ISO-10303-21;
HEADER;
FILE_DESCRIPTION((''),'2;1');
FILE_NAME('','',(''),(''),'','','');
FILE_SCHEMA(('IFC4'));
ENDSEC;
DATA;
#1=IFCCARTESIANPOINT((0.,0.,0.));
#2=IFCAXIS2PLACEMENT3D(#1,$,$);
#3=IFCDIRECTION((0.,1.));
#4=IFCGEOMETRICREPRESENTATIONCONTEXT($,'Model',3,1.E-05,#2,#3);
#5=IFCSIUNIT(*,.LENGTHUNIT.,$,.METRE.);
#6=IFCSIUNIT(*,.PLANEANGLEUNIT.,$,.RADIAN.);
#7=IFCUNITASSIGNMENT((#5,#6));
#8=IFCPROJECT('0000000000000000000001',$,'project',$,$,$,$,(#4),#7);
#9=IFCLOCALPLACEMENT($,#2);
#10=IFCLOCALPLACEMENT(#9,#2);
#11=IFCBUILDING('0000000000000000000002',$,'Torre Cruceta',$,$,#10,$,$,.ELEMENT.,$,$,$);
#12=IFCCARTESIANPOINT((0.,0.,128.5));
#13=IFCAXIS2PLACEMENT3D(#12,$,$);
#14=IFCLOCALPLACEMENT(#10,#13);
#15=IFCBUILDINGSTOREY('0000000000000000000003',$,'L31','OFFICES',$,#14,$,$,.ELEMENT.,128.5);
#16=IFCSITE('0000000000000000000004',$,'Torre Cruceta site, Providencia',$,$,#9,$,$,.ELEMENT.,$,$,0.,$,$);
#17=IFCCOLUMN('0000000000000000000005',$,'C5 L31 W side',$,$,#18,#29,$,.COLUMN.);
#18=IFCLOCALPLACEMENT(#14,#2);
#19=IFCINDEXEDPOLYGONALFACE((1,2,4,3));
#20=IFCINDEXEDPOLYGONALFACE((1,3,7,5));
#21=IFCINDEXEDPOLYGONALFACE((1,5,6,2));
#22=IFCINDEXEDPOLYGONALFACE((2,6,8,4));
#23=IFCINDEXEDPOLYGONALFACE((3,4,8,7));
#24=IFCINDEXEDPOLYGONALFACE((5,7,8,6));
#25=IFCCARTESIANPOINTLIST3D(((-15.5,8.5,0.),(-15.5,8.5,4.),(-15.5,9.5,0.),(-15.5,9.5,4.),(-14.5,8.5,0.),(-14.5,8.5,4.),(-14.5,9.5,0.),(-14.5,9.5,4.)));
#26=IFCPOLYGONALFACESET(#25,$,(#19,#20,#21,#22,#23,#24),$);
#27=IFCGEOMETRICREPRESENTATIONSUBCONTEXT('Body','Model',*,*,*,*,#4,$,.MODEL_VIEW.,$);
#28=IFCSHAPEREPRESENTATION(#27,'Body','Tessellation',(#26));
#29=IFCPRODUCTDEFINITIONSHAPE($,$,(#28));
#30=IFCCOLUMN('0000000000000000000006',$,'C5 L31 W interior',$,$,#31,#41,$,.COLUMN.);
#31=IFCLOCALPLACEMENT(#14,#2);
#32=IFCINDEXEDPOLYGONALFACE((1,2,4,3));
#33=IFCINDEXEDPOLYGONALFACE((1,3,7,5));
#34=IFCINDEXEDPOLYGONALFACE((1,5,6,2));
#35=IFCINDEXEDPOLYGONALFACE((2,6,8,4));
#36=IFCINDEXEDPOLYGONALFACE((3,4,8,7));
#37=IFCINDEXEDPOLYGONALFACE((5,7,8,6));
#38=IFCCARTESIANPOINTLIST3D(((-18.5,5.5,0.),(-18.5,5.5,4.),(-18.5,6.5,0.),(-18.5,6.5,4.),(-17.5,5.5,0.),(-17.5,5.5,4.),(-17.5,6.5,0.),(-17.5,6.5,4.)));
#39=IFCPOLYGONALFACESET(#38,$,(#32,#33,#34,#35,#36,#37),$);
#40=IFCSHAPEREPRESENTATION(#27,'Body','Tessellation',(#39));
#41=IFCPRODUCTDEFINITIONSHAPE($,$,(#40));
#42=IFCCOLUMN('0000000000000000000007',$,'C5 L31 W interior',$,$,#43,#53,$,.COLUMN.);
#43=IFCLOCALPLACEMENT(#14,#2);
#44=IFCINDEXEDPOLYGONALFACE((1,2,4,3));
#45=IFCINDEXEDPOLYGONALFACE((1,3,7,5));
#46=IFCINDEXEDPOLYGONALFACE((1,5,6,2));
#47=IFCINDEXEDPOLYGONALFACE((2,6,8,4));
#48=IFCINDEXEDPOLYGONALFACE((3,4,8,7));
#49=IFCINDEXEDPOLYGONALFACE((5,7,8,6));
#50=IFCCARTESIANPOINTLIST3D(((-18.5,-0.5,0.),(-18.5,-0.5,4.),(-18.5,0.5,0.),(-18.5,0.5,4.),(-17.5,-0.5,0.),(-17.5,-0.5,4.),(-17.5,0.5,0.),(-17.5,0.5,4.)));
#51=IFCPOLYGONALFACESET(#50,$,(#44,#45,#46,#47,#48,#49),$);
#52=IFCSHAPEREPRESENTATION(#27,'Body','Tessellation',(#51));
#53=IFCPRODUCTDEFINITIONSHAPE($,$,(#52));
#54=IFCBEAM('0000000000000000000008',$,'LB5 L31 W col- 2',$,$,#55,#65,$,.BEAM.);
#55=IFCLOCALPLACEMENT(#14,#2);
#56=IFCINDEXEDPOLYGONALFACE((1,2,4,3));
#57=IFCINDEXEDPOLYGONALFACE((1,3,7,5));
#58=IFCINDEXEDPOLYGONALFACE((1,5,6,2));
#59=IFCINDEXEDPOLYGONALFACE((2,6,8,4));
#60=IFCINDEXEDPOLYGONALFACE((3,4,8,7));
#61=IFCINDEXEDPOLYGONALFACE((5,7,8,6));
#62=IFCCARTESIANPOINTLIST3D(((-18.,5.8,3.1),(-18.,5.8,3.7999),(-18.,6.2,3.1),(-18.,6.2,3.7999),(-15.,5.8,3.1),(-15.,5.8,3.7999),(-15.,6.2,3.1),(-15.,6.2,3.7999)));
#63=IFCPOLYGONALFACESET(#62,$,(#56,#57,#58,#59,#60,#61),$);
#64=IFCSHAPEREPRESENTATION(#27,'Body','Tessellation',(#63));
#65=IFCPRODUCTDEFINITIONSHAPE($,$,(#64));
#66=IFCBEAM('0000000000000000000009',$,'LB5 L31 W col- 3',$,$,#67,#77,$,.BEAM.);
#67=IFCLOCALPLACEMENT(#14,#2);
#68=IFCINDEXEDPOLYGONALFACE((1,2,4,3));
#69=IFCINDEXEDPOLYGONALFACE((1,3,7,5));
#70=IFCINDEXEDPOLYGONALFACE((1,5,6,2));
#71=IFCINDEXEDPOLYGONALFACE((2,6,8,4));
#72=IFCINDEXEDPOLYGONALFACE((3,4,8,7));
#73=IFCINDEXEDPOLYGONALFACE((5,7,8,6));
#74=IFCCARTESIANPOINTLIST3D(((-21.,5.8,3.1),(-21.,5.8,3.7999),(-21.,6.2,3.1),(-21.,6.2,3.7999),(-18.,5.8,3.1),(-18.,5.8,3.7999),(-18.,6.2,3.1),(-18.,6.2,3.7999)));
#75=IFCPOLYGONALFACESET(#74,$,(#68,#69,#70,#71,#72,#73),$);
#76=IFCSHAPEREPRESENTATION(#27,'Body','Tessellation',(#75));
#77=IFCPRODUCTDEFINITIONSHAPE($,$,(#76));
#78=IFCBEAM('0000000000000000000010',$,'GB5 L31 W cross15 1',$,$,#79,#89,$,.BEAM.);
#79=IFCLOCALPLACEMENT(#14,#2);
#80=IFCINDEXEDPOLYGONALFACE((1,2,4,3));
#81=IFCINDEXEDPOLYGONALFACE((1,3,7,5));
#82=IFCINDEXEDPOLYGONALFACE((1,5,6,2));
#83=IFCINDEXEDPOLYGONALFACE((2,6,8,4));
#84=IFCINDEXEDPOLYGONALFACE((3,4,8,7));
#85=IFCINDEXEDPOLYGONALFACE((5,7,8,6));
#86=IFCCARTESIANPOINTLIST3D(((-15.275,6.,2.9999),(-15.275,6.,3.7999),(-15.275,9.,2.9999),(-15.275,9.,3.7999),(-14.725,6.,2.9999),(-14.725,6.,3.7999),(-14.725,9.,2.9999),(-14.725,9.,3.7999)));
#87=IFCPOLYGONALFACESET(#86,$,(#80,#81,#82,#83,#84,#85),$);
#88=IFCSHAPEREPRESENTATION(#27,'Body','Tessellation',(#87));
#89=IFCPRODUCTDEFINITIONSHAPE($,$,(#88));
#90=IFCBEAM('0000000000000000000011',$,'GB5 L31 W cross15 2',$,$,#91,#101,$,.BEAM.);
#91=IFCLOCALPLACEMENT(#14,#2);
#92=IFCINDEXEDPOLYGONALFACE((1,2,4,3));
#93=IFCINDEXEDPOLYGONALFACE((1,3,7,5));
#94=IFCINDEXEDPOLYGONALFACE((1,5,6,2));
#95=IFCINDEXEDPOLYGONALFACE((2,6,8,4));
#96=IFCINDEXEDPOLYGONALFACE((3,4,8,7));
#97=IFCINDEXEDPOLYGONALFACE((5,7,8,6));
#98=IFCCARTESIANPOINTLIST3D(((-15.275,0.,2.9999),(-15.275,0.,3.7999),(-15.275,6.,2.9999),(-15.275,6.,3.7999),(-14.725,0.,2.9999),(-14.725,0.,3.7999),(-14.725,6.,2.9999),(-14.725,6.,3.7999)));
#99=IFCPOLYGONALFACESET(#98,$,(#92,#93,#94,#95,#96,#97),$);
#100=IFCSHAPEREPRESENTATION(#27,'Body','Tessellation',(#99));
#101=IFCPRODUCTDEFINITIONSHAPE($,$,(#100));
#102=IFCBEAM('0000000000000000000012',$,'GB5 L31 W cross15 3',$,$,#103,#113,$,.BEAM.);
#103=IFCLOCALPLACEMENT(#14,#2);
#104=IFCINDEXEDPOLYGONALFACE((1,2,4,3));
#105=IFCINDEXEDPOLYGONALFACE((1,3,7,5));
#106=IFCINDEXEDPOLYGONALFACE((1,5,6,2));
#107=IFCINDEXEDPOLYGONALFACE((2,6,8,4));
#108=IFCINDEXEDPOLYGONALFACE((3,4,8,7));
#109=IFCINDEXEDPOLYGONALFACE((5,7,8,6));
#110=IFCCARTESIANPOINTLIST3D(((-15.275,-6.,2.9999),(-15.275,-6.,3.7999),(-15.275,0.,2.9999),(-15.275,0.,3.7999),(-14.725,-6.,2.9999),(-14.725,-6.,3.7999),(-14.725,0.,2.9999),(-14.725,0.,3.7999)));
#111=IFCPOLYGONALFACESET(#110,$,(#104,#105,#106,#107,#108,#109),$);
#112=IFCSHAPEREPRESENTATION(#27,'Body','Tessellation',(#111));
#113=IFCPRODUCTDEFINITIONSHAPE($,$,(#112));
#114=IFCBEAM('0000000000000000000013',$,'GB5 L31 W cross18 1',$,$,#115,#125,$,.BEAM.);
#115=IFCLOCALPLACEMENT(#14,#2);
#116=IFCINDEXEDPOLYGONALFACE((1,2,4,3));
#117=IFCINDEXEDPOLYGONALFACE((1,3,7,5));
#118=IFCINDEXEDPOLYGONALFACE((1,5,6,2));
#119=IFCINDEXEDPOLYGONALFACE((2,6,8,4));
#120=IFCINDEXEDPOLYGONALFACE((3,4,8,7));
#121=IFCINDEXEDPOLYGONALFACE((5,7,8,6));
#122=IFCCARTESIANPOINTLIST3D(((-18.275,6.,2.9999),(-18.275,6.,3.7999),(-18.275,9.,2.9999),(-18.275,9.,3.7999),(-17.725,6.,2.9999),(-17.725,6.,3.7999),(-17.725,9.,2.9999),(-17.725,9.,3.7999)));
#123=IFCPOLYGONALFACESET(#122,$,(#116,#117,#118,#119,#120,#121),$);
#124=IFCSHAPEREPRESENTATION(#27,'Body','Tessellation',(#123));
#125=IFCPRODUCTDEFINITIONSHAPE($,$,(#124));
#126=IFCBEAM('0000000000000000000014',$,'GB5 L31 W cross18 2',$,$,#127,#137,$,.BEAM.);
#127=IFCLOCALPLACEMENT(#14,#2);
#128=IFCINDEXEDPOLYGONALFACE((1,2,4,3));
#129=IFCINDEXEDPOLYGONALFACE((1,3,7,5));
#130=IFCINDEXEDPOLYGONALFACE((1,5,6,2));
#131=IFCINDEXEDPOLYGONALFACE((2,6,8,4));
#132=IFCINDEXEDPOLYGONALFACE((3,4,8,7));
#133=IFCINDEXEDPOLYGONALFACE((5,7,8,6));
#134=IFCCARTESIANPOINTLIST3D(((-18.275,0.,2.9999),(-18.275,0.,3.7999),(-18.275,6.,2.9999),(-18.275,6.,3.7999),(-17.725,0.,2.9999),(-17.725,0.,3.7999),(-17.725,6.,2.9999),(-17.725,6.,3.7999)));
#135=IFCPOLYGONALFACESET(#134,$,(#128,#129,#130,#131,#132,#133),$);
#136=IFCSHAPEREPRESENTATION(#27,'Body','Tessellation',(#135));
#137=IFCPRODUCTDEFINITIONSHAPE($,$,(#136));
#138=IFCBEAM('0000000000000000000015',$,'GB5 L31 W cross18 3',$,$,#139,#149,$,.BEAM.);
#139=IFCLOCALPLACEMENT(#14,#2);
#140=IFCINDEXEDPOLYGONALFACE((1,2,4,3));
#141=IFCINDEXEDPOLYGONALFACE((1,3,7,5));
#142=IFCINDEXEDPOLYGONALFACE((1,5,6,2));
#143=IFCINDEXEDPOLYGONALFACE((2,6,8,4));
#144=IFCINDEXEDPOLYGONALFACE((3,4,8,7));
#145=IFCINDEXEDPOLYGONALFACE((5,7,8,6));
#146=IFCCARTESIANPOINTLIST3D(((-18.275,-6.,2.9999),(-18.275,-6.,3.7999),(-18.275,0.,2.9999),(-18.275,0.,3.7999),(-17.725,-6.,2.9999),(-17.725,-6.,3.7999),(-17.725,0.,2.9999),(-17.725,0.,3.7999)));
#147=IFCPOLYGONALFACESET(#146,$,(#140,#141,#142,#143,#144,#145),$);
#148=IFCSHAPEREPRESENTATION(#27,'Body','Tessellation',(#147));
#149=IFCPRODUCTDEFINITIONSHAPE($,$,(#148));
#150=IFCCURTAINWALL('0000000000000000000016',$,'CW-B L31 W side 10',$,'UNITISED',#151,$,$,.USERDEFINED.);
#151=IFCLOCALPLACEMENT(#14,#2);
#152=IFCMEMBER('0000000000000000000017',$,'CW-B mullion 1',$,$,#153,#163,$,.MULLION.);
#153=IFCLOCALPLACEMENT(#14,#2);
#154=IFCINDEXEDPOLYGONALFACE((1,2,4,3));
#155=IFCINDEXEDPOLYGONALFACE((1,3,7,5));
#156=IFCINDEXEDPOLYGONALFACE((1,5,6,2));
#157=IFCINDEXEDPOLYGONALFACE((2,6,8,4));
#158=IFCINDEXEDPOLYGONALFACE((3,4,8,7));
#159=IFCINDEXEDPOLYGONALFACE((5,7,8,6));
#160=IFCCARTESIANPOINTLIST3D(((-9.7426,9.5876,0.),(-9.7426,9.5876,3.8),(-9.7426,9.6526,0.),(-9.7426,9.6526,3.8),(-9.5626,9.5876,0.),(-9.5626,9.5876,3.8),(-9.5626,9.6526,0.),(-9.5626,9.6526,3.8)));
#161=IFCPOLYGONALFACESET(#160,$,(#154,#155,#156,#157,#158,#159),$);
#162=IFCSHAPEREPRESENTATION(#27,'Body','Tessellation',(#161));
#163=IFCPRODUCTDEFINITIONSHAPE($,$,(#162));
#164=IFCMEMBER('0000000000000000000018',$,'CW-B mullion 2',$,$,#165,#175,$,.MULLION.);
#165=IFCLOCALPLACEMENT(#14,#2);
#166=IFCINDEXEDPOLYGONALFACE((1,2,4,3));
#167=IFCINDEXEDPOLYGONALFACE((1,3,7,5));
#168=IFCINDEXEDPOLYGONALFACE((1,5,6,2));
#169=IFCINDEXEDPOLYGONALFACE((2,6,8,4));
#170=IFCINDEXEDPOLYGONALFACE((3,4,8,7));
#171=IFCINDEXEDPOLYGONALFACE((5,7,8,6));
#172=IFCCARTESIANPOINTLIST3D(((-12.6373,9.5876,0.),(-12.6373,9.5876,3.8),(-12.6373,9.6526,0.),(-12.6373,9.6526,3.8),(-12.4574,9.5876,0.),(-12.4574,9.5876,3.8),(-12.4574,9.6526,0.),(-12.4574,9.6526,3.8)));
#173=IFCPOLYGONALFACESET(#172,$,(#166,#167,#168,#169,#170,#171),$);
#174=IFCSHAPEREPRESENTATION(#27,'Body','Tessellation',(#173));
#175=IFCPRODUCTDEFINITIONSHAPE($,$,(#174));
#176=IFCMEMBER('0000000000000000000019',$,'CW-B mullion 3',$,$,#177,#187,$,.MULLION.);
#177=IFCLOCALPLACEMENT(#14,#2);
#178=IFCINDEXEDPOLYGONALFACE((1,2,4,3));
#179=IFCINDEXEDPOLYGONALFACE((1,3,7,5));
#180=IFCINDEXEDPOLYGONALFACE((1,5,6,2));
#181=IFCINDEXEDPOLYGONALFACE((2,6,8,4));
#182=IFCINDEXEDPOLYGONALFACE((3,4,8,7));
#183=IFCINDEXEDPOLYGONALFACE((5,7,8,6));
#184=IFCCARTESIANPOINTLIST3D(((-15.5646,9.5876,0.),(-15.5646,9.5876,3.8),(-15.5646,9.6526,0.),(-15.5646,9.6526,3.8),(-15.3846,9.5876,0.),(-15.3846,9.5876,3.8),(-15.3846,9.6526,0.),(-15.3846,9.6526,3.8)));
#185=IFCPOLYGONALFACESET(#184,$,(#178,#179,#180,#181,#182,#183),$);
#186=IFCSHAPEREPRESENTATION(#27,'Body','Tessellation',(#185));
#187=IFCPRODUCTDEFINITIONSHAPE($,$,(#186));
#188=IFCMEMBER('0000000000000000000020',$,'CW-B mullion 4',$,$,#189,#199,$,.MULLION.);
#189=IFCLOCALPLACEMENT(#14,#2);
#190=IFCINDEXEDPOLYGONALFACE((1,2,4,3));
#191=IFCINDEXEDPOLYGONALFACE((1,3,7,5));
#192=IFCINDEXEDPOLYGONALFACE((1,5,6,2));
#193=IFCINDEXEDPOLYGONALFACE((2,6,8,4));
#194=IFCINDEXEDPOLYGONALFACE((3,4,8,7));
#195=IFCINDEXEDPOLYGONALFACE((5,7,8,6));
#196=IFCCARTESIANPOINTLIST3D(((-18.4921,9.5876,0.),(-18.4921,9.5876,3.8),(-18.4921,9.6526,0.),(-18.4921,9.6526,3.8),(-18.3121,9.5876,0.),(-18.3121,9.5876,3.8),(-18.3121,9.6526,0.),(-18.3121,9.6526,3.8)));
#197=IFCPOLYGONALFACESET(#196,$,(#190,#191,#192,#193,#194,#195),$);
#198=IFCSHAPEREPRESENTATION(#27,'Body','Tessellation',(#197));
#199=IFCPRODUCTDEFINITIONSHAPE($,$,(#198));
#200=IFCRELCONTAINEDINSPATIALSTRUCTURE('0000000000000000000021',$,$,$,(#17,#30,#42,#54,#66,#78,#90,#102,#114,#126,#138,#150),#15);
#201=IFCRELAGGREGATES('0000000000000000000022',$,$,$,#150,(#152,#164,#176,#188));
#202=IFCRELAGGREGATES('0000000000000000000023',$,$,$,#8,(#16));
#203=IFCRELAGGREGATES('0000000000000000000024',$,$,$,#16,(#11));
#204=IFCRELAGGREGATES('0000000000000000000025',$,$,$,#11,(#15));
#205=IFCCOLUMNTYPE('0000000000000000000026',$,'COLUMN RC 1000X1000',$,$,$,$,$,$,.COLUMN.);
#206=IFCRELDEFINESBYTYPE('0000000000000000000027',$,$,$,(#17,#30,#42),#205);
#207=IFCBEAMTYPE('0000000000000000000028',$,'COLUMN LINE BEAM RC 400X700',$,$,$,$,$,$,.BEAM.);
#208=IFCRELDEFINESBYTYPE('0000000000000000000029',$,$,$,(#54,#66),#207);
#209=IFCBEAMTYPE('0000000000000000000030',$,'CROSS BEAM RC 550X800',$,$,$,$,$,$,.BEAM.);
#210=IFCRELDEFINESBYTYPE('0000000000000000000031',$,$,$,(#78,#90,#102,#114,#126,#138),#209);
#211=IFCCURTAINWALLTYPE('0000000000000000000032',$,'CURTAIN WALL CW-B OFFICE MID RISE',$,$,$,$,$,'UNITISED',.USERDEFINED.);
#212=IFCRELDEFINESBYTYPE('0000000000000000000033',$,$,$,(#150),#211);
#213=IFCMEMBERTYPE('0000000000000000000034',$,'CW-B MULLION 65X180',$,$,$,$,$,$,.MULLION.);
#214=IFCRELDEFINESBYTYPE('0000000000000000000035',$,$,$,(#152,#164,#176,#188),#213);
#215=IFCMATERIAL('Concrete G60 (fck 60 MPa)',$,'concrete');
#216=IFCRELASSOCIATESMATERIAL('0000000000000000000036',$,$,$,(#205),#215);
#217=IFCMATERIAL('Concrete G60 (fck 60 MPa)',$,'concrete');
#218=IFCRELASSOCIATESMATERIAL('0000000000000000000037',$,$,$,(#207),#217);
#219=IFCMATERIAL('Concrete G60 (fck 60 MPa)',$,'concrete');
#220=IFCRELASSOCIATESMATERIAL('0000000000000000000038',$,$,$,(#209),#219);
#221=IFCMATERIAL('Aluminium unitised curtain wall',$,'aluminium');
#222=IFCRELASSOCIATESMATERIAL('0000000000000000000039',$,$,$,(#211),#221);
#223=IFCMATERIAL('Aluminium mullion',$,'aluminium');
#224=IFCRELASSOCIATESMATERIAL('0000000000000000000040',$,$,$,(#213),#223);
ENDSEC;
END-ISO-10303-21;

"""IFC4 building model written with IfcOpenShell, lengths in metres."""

from ifc_helpers import new_model, si_unit, direction, frame, origin, origin_2d, place, context, subcontext, project, spatial, rectangle, extrude, material, material_profile, profile_set, type_object, element, aggregate, save


model = new_model("IFC4")

# Units and contexts
model_context = context("Model", 3, precision=1e-05, world=origin(), true_north=direction((0.0, 1.0)))
body_context = subcontext(model_context, "Body", "Model", "MODEL_VIEW")
ifc_project = project(units=[si_unit("LENGTHUNIT", "METRE"), si_unit("PLANEANGLEUNIT", "RADIAN")], contexts=[model_context])

# Site, building, storey
site_placement = place(None, origin())
site = spatial("IfcSite", under=ifc_project, at=site_placement, Name="Torre Cruceta site, Providencia", CompositionType="ELEMENT", RefElevation=0.0)
building_placement = place(site_placement, origin())
building = spatial("IfcBuilding", under=site, at=building_placement, Name="Torre Cruceta", CompositionType="ELEMENT")
storey_placement = place(building_placement, frame((0.0, 0.0, 128.5)))
storey = spatial("IfcBuildingStorey", under=building, at=storey_placement, Name="L31", Description="OFFICES", CompositionType="ELEMENT", Elevation=128.5)

# Columns
ifc_material_1 = material(Name="Concrete G60 (fck 60 MPa)", Category="concrete")
ifc_material_profile_1 = material_profile(ifc_material_1, rectangle(XDim=1.0, YDim=1.0, at=origin_2d()), Name="RC 1000X1000")
ifc_profile_set_1 = profile_set([ifc_material_profile_1], Name="Concrete G60 (fck 60 MPa)")
column_type = type_object("IfcColumnType", Name="COLUMN RC 1000X1000", PredefinedType="COLUMN", material=ifc_profile_set_1)
for number, where, z_axis, x_axis, name in (
    (1, (-15.0, 9.0, 0.0), (0.0, 0.0, 1.0), (1.0, 0.0, 0.0), "C5 L31 W side"),
    (2, (-18.0, 6.0, 0.0), (0.0, 0.0, 1.0), (1.0, 0.0, 0.0), "C5 L31 W interior"),
    (3, (-18.0, 0.0, 0.0), (0.0, 0.0, 1.0), (1.0, 0.0, 0.0), "C5 L31 W interior"),
):
    element("IfcColumn", number, at=place(storey_placement, frame(where, z_axis=z_axis, x_axis=x_axis)), inside=storey, type_object=column_type, Name=name, PredefinedType="COLUMN", context=body_context, shape_type="SweptSolid", body=[
        extrude(rectangle(XDim=1.0, YDim=1.0, at=origin_2d()), origin(), (0.0, 0.0, 1.0), 4.0),
    ])

# Beams
ifc_material_2 = material(Name="Concrete G60 (fck 60 MPa)", Category="concrete")
ifc_material_profile_2 = material_profile(ifc_material_2, rectangle(XDim=0.3999, YDim=0.7, at=origin_2d()), Name="RC 400X700")
ifc_profile_set_2 = profile_set([ifc_material_profile_2], Name="Concrete G60 (fck 60 MPa)")
beam_type_1 = type_object("IfcBeamType", Name="COLUMN LINE BEAM RC 400X700", PredefinedType="BEAM", material=ifc_profile_set_2)
for number, where, z_axis, x_axis, name in (
    (4, (-15.0, 6.0, 3.45), (-1.0, 0.0, 0.0), (0.0, -1.0, 0.0), "LB5 L31 W col- 2"),
    (5, (-18.0, 6.0, 3.45), (-1.0, 0.0, 0.0), (0.0, -1.0, 0.0), "LB5 L31 W col- 3"),
):
    element("IfcBeam", number, at=place(storey_placement, frame(where, z_axis=z_axis, x_axis=x_axis)), inside=storey, type_object=beam_type_1, Name=name, PredefinedType="BEAM", context=body_context, shape_type="SweptSolid", body=[
        extrude(rectangle(XDim=0.3999, YDim=0.7, at=origin_2d()), origin(), (0.0, 0.0, 1.0), 3.0),
    ])
ifc_material_3 = material(Name="Concrete G60 (fck 60 MPa)", Category="concrete")
ifc_material_profile_3 = material_profile(ifc_material_3, rectangle(XDim=0.55, YDim=0.8, at=origin_2d()), Name="RC 550X800")
ifc_profile_set_3 = profile_set([ifc_material_profile_3], Name="Concrete G60 (fck 60 MPa)")
beam_type_2 = type_object("IfcBeamType", Name="CROSS BEAM RC 550X800", PredefinedType="BEAM", material=ifc_profile_set_3)
beam_1_placement = place(storey_placement, frame((-15.0, 9.0, 3.3999), z_axis=(0.0, -1.0, 0.0), x_axis=(1.0, 0.0, 0.0)))
element("IfcBeam", 6, at=beam_1_placement, inside=storey, type_object=beam_type_2, Name="GB5 L31 W cross15 1", PredefinedType="BEAM", context=body_context, shape_type="SweptSolid", body=[
    extrude(rectangle(XDim=0.55, YDim=0.8, at=origin_2d()), origin(), (0.0, 0.0, 1.0), 3.0),
])
for number, where, z_axis, x_axis, name in (
    (7, (-15.0, 6.0, 3.3999), (0.0, -1.0, 0.0), (1.0, 0.0, 0.0), "GB5 L31 W cross15 2"),
    (8, (-15.0, 0.0, 3.3999), (0.0, -1.0, 0.0), (1.0, 0.0, 0.0), "GB5 L31 W cross15 3"),
):
    element("IfcBeam", number, at=place(storey_placement, frame(where, z_axis=z_axis, x_axis=x_axis)), inside=storey, type_object=beam_type_2, Name=name, PredefinedType="BEAM", context=body_context, shape_type="SweptSolid", body=[
        extrude(rectangle(XDim=0.55, YDim=0.8, at=origin_2d()), origin(), (0.0, 0.0, 1.0), 6.0),
    ])
beam_2_placement = place(storey_placement, frame((-18.0, 9.0, 3.3999), z_axis=(0.0, -1.0, 0.0), x_axis=(1.0, 0.0, 0.0)))
element("IfcBeam", 9, at=beam_2_placement, inside=storey, type_object=beam_type_2, Name="GB5 L31 W cross18 1", PredefinedType="BEAM", context=body_context, shape_type="SweptSolid", body=[
    extrude(rectangle(XDim=0.55, YDim=0.8, at=origin_2d()), origin(), (0.0, 0.0, 1.0), 3.0),
])
for number, where, z_axis, x_axis, name in (
    (10, (-18.0, 6.0, 3.3999), (0.0, -1.0, 0.0), (1.0, 0.0, 0.0), "GB5 L31 W cross18 2"),
    (11, (-18.0, 0.0, 3.3999), (0.0, -1.0, 0.0), (1.0, 0.0, 0.0), "GB5 L31 W cross18 3"),
):
    element("IfcBeam", number, at=place(storey_placement, frame(where, z_axis=z_axis, x_axis=x_axis)), inside=storey, type_object=beam_type_2, Name=name, PredefinedType="BEAM", context=body_context, shape_type="SweptSolid", body=[
        extrude(rectangle(XDim=0.55, YDim=0.8, at=origin_2d()), origin(), (0.0, 0.0, 1.0), 6.0),
    ])

# Curtain wall, members
ifc_material_4 = material(Name="Aluminium unitised curtain wall", Category="aluminium")
curtain_wall_type = type_object("IfcCurtainWallType", Name="CURTAIN WALL CW-B OFFICE MID RISE", ElementType="UNITISED", PredefinedType="USERDEFINED", material=ifc_material_4)
curtain_wall_placement = place(storey_placement, origin())
curtain_wall = element("IfcCurtainWall", 12, at=curtain_wall_placement, inside=storey, type_object=curtain_wall_type, Name="CW-B L31 W side 10", ObjectType="UNITISED", PredefinedType="USERDEFINED")
ifc_material_5 = material(Name="Aluminium mullion", Category="aluminium")
ifc_material_profile_4 = material_profile(ifc_material_5, rectangle(XDim=0.0649, YDim=0.1799, at=origin_2d()), Name="AL 65X180")
ifc_profile_set_4 = profile_set([ifc_material_profile_4], Name="Aluminium mullion")
member_type_1 = type_object("IfcMemberType", Name="CW-B MULLION 65X180", PredefinedType="MULLION", material=ifc_profile_set_4)
member_1_placement = place(storey_placement, frame((-9.6526, 9.6201, 0.0), z_axis=(0.0, 0.0, 1.0), x_axis=(0.0, -1.0, 0.0)))
member_1 = element("IfcMember", 13, at=member_1_placement, type_object=member_type_1, Name="CW-B mullion 1", PredefinedType="MULLION", context=body_context, shape_type="SweptSolid", body=[
    extrude(rectangle(XDim=0.0649, YDim=0.1799, at=origin_2d()), origin(), (0.0, 0.0, 1.0), 3.8),
])
member_2_placement = place(storey_placement, frame((-12.5474, 9.6201, 0.0), z_axis=(0.0, 0.0, 1.0), x_axis=(0.0, -1.0, 0.0)))
member_2 = element("IfcMember", 14, at=member_2_placement, type_object=member_type_1, Name="CW-B mullion 2", PredefinedType="MULLION", context=body_context, shape_type="SweptSolid", body=[
    extrude(rectangle(XDim=0.0649, YDim=0.1799, at=origin_2d()), origin(), (0.0, 0.0, 1.0), 3.8),
])
member_3_placement = place(storey_placement, frame((-15.4746, 9.6201, 0.0), z_axis=(0.0, 0.0, 1.0), x_axis=(0.0, -1.0, 0.0)))
member_3 = element("IfcMember", 15, at=member_3_placement, type_object=member_type_1, Name="CW-B mullion 3", PredefinedType="MULLION", context=body_context, shape_type="SweptSolid", body=[
    extrude(rectangle(XDim=0.0649, YDim=0.1799, at=origin_2d()), origin(), (0.0, 0.0, 1.0), 3.8),
])
member_4_placement = place(storey_placement, frame((-18.4021, 9.6201, 0.0), z_axis=(0.0, 0.0, 1.0), x_axis=(0.0, -1.0, 0.0)))
member_4 = element("IfcMember", 16, at=member_4_placement, type_object=member_type_1, Name="CW-B mullion 4", PredefinedType="MULLION", context=body_context, shape_type="SweptSolid", body=[
    extrude(rectangle(XDim=0.0649, YDim=0.1799, at=origin_2d()), origin(), (0.0, 0.0, 1.0), 3.8),
])

aggregate(curtain_wall, [member_1, member_2, member_3, member_4])

save(model, "model.ifc")
